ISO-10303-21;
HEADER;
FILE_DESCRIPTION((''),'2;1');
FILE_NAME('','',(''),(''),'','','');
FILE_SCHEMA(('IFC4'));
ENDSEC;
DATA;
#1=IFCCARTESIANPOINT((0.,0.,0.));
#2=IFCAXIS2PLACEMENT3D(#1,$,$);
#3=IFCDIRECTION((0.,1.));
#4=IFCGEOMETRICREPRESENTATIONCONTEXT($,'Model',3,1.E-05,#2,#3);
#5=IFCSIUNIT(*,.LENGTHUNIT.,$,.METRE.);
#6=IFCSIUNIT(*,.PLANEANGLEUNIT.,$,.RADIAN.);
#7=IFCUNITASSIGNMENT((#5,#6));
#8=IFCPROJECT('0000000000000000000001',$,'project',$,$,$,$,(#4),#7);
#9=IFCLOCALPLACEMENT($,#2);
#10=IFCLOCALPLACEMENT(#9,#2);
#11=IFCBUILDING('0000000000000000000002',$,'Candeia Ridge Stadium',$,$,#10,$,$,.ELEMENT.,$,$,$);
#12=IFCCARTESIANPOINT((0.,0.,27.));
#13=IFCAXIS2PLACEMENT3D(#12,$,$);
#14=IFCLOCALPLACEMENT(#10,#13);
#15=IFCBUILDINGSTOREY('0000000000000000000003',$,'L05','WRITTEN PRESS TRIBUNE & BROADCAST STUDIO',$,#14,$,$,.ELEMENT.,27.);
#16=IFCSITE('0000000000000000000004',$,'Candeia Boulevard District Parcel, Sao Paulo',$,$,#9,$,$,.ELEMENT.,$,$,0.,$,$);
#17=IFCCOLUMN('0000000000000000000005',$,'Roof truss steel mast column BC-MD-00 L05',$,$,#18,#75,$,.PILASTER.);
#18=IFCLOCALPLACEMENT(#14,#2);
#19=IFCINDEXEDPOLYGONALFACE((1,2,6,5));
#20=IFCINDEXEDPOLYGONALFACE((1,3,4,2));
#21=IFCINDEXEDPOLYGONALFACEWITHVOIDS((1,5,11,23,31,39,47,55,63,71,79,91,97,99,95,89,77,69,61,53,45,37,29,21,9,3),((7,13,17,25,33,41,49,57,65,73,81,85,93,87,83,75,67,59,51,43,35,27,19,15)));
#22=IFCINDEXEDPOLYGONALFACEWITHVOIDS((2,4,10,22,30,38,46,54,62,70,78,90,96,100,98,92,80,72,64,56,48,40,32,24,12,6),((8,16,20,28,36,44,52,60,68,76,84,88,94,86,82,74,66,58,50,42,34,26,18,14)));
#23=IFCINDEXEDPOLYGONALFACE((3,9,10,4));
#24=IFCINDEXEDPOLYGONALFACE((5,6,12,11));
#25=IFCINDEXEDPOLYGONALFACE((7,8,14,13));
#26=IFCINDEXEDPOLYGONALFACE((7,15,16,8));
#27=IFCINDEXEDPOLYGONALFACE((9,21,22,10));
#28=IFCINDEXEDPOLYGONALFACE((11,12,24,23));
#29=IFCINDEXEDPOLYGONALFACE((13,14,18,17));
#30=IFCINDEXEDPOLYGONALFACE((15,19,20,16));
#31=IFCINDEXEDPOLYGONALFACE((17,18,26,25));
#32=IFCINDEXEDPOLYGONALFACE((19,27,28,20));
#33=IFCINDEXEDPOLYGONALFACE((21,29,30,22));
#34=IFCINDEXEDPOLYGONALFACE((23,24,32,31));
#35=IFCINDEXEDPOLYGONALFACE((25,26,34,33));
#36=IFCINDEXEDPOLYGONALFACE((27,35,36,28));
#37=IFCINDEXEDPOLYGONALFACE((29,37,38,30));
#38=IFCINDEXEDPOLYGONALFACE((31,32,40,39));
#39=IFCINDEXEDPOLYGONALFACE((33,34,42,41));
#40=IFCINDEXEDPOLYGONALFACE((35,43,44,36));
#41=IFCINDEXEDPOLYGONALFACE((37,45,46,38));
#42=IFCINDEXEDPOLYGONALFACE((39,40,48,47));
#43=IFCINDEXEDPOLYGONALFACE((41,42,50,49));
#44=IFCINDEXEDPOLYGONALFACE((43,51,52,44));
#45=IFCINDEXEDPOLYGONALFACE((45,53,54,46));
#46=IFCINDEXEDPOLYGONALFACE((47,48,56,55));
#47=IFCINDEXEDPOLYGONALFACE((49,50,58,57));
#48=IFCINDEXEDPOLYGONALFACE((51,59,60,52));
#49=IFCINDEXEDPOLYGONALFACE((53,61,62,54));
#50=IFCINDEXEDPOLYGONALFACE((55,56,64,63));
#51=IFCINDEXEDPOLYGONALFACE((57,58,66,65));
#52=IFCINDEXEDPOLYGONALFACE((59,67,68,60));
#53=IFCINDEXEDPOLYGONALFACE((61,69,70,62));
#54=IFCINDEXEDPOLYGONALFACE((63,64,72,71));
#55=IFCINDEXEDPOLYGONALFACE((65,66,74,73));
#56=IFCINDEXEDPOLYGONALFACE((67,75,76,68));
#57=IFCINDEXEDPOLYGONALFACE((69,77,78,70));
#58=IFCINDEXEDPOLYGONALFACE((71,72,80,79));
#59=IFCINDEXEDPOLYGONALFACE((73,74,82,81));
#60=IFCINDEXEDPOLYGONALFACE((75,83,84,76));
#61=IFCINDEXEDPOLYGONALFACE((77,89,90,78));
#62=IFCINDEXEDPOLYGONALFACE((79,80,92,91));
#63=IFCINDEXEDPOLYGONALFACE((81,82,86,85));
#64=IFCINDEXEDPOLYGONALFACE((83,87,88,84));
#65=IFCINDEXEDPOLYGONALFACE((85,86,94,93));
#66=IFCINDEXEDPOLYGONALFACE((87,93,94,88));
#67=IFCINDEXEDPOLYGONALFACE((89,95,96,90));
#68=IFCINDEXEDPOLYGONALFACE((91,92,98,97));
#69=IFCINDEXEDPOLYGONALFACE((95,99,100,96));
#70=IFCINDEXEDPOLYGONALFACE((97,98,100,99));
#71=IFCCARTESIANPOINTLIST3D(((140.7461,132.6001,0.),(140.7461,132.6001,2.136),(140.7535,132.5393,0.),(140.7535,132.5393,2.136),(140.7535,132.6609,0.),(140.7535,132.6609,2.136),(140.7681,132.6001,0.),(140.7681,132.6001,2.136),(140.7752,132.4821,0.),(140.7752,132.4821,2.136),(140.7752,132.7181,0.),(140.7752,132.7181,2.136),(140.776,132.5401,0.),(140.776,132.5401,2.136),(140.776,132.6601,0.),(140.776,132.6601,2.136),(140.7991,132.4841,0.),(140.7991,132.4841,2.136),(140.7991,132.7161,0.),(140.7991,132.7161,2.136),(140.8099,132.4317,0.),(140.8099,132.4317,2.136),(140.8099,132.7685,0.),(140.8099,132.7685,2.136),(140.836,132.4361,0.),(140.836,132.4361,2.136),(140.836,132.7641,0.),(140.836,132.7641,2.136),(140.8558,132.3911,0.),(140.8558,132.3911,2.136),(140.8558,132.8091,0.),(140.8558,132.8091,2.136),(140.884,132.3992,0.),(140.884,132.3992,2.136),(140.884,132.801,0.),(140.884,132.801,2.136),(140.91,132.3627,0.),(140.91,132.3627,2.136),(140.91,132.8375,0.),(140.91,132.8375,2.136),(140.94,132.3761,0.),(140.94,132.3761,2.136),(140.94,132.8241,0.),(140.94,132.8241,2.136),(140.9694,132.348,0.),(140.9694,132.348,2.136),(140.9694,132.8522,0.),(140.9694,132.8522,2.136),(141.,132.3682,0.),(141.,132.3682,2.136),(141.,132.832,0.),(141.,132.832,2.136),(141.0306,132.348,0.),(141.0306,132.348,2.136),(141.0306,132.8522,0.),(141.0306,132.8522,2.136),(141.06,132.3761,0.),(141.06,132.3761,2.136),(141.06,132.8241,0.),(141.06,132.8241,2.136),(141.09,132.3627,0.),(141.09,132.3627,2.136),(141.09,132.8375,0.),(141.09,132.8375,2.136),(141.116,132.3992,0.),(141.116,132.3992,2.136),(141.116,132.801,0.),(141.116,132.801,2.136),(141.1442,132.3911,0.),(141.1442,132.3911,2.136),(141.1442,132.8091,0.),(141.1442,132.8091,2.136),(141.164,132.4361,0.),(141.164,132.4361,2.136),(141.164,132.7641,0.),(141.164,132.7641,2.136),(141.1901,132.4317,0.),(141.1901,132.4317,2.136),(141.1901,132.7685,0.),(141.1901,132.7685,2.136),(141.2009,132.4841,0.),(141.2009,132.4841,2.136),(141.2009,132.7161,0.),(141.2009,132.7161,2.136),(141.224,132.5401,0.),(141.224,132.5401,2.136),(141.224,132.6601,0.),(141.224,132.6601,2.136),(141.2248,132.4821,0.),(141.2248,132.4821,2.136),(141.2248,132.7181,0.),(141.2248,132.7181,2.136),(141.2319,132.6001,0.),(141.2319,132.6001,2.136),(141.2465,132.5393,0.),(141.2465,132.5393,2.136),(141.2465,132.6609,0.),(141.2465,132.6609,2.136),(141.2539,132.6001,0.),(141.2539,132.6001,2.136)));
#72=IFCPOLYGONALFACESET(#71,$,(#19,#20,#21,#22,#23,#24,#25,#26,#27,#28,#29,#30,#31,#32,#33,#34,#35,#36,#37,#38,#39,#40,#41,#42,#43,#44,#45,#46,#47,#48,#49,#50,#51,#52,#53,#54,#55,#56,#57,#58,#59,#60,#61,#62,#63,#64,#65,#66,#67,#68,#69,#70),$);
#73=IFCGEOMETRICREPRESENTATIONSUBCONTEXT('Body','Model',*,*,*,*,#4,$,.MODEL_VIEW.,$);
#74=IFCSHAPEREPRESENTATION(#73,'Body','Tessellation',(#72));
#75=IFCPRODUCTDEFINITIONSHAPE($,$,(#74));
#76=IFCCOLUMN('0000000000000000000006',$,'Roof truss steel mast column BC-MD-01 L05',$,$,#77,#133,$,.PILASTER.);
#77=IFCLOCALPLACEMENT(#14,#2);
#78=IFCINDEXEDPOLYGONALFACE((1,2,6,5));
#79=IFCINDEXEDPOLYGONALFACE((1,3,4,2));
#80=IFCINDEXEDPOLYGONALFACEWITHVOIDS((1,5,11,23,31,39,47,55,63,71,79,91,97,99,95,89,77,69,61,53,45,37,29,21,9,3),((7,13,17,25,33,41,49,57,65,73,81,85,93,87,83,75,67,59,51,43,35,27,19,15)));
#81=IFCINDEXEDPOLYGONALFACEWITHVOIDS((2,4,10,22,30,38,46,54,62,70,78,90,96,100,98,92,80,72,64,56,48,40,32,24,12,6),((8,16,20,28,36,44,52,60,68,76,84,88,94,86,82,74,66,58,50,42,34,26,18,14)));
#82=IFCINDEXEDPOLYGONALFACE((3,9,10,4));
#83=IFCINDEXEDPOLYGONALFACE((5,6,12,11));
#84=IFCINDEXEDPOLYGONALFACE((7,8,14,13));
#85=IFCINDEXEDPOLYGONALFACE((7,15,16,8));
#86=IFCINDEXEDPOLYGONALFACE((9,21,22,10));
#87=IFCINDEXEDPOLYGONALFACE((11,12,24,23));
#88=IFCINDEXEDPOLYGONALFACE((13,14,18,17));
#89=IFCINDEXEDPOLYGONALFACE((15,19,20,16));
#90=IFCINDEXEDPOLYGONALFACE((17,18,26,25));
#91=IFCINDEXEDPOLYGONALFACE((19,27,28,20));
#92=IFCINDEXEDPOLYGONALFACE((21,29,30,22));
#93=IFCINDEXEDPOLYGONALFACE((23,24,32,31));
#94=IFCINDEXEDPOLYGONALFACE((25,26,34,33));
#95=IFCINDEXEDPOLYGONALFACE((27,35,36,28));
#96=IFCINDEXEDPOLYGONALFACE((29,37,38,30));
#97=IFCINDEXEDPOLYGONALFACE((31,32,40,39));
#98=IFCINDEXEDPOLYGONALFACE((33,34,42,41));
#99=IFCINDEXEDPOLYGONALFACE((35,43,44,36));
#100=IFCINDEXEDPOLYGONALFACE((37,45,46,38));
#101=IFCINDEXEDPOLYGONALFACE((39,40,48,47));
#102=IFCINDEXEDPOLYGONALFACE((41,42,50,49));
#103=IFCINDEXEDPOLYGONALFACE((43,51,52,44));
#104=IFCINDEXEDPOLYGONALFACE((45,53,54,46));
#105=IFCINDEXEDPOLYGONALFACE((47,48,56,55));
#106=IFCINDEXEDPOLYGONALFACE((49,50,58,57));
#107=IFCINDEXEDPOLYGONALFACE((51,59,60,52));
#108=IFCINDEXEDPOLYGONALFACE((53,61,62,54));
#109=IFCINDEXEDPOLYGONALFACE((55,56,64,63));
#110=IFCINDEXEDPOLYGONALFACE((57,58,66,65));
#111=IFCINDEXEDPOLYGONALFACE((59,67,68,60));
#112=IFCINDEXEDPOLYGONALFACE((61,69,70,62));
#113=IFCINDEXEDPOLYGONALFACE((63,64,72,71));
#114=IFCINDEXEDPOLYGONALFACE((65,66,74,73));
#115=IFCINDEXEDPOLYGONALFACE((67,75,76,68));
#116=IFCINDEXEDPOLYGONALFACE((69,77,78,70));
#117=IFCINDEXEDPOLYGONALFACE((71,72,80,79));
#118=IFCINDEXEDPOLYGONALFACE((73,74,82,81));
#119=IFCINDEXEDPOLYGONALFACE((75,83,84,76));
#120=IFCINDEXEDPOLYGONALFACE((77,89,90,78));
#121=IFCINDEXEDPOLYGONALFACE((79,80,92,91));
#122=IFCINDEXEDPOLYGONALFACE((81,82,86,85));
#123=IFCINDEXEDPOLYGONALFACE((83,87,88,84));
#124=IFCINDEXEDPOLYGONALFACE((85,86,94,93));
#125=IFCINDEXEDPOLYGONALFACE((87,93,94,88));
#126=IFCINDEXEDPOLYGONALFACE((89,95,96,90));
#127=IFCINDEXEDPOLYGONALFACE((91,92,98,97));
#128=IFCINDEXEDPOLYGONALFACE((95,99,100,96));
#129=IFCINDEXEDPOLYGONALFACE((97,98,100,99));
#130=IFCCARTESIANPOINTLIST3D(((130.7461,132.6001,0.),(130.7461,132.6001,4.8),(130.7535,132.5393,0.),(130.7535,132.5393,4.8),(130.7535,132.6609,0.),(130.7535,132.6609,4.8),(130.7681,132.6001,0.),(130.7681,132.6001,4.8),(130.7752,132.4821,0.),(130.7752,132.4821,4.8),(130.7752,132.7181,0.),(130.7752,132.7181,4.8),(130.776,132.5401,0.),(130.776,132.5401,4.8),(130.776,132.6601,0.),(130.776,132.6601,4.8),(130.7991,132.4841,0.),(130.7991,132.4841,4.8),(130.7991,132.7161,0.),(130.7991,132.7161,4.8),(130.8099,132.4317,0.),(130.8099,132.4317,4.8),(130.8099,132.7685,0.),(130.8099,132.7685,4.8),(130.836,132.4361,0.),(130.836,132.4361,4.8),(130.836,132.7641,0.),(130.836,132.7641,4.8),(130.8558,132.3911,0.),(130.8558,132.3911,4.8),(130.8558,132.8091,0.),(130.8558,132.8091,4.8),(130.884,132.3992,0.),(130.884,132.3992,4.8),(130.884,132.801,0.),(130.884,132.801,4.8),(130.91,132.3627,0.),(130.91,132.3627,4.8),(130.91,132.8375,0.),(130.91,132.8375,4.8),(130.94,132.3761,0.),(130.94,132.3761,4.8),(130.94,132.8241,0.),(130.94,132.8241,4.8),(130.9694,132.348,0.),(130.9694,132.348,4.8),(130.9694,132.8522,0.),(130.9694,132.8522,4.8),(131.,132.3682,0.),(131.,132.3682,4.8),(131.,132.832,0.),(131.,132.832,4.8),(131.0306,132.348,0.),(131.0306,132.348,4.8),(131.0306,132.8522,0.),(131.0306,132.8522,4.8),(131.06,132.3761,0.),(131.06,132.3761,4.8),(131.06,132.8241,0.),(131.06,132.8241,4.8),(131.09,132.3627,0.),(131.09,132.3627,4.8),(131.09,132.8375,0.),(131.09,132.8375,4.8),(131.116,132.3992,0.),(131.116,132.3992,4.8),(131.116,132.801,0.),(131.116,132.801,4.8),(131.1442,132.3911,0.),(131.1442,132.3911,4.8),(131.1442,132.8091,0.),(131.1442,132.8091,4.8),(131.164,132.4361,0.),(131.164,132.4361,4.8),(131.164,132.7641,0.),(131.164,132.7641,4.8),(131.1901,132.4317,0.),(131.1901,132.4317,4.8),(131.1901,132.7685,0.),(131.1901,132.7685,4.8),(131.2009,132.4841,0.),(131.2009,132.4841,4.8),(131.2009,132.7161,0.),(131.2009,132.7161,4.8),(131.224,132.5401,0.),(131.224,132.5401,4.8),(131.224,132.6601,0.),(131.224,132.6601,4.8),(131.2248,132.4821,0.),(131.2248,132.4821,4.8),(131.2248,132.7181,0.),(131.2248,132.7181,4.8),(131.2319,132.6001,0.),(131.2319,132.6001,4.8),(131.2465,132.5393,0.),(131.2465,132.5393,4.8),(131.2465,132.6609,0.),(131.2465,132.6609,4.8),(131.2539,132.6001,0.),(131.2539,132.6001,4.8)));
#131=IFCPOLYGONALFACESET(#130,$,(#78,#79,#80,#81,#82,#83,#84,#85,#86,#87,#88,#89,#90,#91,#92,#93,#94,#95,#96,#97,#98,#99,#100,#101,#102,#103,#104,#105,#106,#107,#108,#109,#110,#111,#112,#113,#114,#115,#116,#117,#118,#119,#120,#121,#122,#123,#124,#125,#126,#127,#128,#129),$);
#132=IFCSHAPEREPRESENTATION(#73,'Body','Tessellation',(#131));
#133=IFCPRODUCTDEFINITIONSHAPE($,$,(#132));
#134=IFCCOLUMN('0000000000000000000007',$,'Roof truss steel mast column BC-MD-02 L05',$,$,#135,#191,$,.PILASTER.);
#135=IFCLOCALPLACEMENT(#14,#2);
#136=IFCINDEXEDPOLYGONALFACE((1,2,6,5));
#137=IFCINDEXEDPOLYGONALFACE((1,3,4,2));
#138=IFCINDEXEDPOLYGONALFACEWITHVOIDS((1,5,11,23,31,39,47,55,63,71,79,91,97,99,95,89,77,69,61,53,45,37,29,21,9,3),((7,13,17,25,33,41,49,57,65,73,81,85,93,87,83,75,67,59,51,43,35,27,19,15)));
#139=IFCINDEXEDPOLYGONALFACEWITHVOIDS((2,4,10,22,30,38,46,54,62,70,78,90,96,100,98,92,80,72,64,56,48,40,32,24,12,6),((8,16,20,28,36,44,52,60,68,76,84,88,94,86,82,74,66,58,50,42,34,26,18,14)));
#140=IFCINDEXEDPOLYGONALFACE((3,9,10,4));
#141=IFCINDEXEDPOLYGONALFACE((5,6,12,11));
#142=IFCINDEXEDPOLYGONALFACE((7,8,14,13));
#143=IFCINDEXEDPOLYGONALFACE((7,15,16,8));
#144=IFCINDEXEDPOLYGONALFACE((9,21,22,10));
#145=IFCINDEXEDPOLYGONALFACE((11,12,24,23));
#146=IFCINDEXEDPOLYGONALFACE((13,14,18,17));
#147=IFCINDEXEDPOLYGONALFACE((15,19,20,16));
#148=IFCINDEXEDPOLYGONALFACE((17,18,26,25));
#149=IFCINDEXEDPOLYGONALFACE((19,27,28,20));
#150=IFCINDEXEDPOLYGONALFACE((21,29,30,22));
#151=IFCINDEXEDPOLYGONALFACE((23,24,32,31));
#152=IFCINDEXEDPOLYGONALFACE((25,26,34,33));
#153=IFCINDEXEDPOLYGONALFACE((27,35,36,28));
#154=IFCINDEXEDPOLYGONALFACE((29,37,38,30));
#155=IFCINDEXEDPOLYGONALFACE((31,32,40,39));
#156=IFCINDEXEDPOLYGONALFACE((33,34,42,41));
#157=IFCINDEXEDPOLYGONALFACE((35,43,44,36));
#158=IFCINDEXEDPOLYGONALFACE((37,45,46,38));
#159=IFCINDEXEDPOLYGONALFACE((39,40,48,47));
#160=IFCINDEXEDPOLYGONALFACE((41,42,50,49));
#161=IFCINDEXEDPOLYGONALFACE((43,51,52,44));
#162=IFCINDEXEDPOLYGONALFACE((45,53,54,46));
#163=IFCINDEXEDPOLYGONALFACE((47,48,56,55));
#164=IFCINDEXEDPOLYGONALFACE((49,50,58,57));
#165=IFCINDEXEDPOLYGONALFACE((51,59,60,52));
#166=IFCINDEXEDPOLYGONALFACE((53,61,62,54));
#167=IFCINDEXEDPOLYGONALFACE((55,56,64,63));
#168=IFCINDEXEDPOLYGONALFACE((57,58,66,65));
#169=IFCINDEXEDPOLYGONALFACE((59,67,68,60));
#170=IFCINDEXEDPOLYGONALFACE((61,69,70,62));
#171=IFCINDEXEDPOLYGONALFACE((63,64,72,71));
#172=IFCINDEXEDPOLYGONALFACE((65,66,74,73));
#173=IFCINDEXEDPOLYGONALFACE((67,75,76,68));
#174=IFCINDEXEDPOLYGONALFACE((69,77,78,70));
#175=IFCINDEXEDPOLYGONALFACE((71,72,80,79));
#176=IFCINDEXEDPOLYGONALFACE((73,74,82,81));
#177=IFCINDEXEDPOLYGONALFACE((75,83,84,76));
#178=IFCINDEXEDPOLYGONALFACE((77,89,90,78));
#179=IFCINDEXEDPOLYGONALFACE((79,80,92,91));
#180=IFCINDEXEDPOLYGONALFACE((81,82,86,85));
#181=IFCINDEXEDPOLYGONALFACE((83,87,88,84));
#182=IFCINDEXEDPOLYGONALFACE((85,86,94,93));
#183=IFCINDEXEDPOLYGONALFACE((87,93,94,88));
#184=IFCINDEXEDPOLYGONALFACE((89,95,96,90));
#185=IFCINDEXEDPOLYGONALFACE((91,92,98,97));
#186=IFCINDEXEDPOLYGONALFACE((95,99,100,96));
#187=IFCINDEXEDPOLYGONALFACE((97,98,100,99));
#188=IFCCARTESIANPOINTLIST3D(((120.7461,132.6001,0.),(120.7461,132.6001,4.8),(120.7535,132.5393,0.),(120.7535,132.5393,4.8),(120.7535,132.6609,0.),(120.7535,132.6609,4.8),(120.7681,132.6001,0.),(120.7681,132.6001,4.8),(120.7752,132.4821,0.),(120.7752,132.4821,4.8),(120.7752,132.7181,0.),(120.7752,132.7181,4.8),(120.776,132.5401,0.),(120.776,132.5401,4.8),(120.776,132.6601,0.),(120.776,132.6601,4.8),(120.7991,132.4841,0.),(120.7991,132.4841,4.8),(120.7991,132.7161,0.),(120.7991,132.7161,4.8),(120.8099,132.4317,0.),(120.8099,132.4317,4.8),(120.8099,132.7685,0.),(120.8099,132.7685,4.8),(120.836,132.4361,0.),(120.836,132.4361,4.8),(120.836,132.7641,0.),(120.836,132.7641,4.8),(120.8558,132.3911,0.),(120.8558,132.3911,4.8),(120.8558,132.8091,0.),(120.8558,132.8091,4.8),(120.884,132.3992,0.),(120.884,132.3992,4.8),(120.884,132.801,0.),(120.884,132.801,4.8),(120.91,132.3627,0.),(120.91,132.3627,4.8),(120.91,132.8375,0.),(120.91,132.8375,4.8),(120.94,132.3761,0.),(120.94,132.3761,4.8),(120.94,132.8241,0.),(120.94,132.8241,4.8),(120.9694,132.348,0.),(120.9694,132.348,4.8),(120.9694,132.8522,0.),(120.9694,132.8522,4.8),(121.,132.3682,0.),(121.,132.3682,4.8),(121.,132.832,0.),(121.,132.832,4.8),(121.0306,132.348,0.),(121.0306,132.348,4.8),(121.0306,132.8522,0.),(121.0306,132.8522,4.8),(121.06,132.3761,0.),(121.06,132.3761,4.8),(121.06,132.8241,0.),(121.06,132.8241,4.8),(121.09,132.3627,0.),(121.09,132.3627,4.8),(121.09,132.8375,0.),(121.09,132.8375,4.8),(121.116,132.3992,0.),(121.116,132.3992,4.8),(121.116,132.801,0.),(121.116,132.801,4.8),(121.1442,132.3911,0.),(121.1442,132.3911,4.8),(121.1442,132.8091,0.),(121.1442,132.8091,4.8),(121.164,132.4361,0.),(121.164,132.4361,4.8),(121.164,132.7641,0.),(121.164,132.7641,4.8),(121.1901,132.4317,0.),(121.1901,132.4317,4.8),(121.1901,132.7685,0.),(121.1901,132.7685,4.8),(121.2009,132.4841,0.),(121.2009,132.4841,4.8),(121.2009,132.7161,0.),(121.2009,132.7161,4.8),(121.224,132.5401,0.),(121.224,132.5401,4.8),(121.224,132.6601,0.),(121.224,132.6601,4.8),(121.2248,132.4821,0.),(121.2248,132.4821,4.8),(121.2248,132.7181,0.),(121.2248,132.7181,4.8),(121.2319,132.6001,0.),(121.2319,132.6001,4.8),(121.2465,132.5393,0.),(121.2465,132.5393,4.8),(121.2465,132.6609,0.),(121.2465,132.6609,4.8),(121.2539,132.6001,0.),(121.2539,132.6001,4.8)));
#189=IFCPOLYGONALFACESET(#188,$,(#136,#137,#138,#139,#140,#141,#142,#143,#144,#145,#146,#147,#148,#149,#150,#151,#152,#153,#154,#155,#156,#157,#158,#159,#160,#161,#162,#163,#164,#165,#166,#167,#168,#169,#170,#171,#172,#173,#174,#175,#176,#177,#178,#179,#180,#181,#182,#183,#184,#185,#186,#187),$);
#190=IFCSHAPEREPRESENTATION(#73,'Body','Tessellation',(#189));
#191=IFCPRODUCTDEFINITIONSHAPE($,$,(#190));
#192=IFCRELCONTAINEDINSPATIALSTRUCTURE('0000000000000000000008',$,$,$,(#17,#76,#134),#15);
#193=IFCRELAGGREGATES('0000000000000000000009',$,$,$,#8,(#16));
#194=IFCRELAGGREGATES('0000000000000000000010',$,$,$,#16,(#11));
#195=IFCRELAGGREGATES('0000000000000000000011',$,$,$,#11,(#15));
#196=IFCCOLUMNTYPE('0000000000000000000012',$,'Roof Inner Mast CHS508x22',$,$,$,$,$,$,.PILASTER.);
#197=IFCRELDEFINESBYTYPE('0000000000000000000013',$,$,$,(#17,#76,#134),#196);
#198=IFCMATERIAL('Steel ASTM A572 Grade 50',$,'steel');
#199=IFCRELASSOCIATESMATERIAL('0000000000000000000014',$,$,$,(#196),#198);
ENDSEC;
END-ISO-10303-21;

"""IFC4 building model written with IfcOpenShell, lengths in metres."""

from ifc_helpers import new_model, si_unit, direction, frame, origin, origin_2d, place, context, subcontext, project, spatial, hollow_circle, extrude, material, material_profile, profile_set, type_object, element, save


model = new_model("IFC4")

# Units and contexts
model_context = context("Model", 3, precision=1e-05, world=origin(), true_north=direction((0.0, 1.0)))
body_context = subcontext(model_context, "Body", "Model", "MODEL_VIEW")
ifc_project = project(units=[si_unit("LENGTHUNIT", "METRE"), si_unit("PLANEANGLEUNIT", "RADIAN")], contexts=[model_context])

# Site, building, storey
site_placement = place(None, origin())
site = spatial("IfcSite", under=ifc_project, at=site_placement, Name="Candeia Boulevard District Parcel, Sao Paulo", CompositionType="ELEMENT", RefElevation=0.0)
building_placement = place(site_placement, origin())
building = spatial("IfcBuilding", under=site, at=building_placement, Name="Candeia Ridge Stadium", CompositionType="ELEMENT")
storey_placement = place(building_placement, frame((0.0, 0.0, 27.0)))
storey = spatial("IfcBuildingStorey", under=building, at=storey_placement, Name="L05", Description="WRITTEN PRESS TRIBUNE & BROADCAST STUDIO", CompositionType="ELEMENT", Elevation=27.0)

# Columns
ifc_material_1 = material(Name="Steel ASTM A572 Grade 50", Category="steel")
ifc_material_profile_1 = material_profile(ifc_material_1, hollow_circle(Radius=0.2539, WallThickness=0.022, at=origin_2d()), Name="CHS508x22", Category="steel")
ifc_profile_set_1 = profile_set([ifc_material_profile_1], Name="Steel ASTM A572 Grade 50")
column_type_1 = type_object("IfcColumnType", Name="Roof Inner Mast CHS508x22", PredefinedType="PILASTER", material=ifc_profile_set_1)
column_placement = place(storey_placement, frame((141.0, 132.6001, 0.0), z_axis=(0.0, 0.0, 1.0), x_axis=(1.0, 0.0, 0.0)))
element("IfcColumn", 1, at=column_placement, inside=storey, type_object=column_type_1, Name="Roof truss steel mast column BC-MD-00 L05", PredefinedType="PILASTER", context=body_context, shape_type="SweptSolid", body=[
    extrude(hollow_circle(Radius=0.2539, WallThickness=0.022, at=origin_2d()), origin(), (0.0, 0.0, 1.0), 2.136),
])
for number, where, z_axis, x_axis, name in (
    (2, (131.0, 132.6001, 0.0), (0.0, 0.0, 1.0), (1.0, 0.0, 0.0), "Roof truss steel mast column BC-MD-01 L05"),
    (3, (121.0, 132.6001, 0.0), (0.0, 0.0, 1.0), (1.0, 0.0, 0.0), "Roof truss steel mast column BC-MD-02 L05"),
):
    element("IfcColumn", number, at=place(storey_placement, frame(where, z_axis=z_axis, x_axis=x_axis)), inside=storey, type_object=column_type_1, Name=name, PredefinedType="PILASTER", context=body_context, shape_type="SweptSolid", body=[
        extrude(hollow_circle(Radius=0.2539, WallThickness=0.022, at=origin_2d()), origin(), (0.0, 0.0, 1.0), 4.8),
    ])

save(model, "model.ifc")
